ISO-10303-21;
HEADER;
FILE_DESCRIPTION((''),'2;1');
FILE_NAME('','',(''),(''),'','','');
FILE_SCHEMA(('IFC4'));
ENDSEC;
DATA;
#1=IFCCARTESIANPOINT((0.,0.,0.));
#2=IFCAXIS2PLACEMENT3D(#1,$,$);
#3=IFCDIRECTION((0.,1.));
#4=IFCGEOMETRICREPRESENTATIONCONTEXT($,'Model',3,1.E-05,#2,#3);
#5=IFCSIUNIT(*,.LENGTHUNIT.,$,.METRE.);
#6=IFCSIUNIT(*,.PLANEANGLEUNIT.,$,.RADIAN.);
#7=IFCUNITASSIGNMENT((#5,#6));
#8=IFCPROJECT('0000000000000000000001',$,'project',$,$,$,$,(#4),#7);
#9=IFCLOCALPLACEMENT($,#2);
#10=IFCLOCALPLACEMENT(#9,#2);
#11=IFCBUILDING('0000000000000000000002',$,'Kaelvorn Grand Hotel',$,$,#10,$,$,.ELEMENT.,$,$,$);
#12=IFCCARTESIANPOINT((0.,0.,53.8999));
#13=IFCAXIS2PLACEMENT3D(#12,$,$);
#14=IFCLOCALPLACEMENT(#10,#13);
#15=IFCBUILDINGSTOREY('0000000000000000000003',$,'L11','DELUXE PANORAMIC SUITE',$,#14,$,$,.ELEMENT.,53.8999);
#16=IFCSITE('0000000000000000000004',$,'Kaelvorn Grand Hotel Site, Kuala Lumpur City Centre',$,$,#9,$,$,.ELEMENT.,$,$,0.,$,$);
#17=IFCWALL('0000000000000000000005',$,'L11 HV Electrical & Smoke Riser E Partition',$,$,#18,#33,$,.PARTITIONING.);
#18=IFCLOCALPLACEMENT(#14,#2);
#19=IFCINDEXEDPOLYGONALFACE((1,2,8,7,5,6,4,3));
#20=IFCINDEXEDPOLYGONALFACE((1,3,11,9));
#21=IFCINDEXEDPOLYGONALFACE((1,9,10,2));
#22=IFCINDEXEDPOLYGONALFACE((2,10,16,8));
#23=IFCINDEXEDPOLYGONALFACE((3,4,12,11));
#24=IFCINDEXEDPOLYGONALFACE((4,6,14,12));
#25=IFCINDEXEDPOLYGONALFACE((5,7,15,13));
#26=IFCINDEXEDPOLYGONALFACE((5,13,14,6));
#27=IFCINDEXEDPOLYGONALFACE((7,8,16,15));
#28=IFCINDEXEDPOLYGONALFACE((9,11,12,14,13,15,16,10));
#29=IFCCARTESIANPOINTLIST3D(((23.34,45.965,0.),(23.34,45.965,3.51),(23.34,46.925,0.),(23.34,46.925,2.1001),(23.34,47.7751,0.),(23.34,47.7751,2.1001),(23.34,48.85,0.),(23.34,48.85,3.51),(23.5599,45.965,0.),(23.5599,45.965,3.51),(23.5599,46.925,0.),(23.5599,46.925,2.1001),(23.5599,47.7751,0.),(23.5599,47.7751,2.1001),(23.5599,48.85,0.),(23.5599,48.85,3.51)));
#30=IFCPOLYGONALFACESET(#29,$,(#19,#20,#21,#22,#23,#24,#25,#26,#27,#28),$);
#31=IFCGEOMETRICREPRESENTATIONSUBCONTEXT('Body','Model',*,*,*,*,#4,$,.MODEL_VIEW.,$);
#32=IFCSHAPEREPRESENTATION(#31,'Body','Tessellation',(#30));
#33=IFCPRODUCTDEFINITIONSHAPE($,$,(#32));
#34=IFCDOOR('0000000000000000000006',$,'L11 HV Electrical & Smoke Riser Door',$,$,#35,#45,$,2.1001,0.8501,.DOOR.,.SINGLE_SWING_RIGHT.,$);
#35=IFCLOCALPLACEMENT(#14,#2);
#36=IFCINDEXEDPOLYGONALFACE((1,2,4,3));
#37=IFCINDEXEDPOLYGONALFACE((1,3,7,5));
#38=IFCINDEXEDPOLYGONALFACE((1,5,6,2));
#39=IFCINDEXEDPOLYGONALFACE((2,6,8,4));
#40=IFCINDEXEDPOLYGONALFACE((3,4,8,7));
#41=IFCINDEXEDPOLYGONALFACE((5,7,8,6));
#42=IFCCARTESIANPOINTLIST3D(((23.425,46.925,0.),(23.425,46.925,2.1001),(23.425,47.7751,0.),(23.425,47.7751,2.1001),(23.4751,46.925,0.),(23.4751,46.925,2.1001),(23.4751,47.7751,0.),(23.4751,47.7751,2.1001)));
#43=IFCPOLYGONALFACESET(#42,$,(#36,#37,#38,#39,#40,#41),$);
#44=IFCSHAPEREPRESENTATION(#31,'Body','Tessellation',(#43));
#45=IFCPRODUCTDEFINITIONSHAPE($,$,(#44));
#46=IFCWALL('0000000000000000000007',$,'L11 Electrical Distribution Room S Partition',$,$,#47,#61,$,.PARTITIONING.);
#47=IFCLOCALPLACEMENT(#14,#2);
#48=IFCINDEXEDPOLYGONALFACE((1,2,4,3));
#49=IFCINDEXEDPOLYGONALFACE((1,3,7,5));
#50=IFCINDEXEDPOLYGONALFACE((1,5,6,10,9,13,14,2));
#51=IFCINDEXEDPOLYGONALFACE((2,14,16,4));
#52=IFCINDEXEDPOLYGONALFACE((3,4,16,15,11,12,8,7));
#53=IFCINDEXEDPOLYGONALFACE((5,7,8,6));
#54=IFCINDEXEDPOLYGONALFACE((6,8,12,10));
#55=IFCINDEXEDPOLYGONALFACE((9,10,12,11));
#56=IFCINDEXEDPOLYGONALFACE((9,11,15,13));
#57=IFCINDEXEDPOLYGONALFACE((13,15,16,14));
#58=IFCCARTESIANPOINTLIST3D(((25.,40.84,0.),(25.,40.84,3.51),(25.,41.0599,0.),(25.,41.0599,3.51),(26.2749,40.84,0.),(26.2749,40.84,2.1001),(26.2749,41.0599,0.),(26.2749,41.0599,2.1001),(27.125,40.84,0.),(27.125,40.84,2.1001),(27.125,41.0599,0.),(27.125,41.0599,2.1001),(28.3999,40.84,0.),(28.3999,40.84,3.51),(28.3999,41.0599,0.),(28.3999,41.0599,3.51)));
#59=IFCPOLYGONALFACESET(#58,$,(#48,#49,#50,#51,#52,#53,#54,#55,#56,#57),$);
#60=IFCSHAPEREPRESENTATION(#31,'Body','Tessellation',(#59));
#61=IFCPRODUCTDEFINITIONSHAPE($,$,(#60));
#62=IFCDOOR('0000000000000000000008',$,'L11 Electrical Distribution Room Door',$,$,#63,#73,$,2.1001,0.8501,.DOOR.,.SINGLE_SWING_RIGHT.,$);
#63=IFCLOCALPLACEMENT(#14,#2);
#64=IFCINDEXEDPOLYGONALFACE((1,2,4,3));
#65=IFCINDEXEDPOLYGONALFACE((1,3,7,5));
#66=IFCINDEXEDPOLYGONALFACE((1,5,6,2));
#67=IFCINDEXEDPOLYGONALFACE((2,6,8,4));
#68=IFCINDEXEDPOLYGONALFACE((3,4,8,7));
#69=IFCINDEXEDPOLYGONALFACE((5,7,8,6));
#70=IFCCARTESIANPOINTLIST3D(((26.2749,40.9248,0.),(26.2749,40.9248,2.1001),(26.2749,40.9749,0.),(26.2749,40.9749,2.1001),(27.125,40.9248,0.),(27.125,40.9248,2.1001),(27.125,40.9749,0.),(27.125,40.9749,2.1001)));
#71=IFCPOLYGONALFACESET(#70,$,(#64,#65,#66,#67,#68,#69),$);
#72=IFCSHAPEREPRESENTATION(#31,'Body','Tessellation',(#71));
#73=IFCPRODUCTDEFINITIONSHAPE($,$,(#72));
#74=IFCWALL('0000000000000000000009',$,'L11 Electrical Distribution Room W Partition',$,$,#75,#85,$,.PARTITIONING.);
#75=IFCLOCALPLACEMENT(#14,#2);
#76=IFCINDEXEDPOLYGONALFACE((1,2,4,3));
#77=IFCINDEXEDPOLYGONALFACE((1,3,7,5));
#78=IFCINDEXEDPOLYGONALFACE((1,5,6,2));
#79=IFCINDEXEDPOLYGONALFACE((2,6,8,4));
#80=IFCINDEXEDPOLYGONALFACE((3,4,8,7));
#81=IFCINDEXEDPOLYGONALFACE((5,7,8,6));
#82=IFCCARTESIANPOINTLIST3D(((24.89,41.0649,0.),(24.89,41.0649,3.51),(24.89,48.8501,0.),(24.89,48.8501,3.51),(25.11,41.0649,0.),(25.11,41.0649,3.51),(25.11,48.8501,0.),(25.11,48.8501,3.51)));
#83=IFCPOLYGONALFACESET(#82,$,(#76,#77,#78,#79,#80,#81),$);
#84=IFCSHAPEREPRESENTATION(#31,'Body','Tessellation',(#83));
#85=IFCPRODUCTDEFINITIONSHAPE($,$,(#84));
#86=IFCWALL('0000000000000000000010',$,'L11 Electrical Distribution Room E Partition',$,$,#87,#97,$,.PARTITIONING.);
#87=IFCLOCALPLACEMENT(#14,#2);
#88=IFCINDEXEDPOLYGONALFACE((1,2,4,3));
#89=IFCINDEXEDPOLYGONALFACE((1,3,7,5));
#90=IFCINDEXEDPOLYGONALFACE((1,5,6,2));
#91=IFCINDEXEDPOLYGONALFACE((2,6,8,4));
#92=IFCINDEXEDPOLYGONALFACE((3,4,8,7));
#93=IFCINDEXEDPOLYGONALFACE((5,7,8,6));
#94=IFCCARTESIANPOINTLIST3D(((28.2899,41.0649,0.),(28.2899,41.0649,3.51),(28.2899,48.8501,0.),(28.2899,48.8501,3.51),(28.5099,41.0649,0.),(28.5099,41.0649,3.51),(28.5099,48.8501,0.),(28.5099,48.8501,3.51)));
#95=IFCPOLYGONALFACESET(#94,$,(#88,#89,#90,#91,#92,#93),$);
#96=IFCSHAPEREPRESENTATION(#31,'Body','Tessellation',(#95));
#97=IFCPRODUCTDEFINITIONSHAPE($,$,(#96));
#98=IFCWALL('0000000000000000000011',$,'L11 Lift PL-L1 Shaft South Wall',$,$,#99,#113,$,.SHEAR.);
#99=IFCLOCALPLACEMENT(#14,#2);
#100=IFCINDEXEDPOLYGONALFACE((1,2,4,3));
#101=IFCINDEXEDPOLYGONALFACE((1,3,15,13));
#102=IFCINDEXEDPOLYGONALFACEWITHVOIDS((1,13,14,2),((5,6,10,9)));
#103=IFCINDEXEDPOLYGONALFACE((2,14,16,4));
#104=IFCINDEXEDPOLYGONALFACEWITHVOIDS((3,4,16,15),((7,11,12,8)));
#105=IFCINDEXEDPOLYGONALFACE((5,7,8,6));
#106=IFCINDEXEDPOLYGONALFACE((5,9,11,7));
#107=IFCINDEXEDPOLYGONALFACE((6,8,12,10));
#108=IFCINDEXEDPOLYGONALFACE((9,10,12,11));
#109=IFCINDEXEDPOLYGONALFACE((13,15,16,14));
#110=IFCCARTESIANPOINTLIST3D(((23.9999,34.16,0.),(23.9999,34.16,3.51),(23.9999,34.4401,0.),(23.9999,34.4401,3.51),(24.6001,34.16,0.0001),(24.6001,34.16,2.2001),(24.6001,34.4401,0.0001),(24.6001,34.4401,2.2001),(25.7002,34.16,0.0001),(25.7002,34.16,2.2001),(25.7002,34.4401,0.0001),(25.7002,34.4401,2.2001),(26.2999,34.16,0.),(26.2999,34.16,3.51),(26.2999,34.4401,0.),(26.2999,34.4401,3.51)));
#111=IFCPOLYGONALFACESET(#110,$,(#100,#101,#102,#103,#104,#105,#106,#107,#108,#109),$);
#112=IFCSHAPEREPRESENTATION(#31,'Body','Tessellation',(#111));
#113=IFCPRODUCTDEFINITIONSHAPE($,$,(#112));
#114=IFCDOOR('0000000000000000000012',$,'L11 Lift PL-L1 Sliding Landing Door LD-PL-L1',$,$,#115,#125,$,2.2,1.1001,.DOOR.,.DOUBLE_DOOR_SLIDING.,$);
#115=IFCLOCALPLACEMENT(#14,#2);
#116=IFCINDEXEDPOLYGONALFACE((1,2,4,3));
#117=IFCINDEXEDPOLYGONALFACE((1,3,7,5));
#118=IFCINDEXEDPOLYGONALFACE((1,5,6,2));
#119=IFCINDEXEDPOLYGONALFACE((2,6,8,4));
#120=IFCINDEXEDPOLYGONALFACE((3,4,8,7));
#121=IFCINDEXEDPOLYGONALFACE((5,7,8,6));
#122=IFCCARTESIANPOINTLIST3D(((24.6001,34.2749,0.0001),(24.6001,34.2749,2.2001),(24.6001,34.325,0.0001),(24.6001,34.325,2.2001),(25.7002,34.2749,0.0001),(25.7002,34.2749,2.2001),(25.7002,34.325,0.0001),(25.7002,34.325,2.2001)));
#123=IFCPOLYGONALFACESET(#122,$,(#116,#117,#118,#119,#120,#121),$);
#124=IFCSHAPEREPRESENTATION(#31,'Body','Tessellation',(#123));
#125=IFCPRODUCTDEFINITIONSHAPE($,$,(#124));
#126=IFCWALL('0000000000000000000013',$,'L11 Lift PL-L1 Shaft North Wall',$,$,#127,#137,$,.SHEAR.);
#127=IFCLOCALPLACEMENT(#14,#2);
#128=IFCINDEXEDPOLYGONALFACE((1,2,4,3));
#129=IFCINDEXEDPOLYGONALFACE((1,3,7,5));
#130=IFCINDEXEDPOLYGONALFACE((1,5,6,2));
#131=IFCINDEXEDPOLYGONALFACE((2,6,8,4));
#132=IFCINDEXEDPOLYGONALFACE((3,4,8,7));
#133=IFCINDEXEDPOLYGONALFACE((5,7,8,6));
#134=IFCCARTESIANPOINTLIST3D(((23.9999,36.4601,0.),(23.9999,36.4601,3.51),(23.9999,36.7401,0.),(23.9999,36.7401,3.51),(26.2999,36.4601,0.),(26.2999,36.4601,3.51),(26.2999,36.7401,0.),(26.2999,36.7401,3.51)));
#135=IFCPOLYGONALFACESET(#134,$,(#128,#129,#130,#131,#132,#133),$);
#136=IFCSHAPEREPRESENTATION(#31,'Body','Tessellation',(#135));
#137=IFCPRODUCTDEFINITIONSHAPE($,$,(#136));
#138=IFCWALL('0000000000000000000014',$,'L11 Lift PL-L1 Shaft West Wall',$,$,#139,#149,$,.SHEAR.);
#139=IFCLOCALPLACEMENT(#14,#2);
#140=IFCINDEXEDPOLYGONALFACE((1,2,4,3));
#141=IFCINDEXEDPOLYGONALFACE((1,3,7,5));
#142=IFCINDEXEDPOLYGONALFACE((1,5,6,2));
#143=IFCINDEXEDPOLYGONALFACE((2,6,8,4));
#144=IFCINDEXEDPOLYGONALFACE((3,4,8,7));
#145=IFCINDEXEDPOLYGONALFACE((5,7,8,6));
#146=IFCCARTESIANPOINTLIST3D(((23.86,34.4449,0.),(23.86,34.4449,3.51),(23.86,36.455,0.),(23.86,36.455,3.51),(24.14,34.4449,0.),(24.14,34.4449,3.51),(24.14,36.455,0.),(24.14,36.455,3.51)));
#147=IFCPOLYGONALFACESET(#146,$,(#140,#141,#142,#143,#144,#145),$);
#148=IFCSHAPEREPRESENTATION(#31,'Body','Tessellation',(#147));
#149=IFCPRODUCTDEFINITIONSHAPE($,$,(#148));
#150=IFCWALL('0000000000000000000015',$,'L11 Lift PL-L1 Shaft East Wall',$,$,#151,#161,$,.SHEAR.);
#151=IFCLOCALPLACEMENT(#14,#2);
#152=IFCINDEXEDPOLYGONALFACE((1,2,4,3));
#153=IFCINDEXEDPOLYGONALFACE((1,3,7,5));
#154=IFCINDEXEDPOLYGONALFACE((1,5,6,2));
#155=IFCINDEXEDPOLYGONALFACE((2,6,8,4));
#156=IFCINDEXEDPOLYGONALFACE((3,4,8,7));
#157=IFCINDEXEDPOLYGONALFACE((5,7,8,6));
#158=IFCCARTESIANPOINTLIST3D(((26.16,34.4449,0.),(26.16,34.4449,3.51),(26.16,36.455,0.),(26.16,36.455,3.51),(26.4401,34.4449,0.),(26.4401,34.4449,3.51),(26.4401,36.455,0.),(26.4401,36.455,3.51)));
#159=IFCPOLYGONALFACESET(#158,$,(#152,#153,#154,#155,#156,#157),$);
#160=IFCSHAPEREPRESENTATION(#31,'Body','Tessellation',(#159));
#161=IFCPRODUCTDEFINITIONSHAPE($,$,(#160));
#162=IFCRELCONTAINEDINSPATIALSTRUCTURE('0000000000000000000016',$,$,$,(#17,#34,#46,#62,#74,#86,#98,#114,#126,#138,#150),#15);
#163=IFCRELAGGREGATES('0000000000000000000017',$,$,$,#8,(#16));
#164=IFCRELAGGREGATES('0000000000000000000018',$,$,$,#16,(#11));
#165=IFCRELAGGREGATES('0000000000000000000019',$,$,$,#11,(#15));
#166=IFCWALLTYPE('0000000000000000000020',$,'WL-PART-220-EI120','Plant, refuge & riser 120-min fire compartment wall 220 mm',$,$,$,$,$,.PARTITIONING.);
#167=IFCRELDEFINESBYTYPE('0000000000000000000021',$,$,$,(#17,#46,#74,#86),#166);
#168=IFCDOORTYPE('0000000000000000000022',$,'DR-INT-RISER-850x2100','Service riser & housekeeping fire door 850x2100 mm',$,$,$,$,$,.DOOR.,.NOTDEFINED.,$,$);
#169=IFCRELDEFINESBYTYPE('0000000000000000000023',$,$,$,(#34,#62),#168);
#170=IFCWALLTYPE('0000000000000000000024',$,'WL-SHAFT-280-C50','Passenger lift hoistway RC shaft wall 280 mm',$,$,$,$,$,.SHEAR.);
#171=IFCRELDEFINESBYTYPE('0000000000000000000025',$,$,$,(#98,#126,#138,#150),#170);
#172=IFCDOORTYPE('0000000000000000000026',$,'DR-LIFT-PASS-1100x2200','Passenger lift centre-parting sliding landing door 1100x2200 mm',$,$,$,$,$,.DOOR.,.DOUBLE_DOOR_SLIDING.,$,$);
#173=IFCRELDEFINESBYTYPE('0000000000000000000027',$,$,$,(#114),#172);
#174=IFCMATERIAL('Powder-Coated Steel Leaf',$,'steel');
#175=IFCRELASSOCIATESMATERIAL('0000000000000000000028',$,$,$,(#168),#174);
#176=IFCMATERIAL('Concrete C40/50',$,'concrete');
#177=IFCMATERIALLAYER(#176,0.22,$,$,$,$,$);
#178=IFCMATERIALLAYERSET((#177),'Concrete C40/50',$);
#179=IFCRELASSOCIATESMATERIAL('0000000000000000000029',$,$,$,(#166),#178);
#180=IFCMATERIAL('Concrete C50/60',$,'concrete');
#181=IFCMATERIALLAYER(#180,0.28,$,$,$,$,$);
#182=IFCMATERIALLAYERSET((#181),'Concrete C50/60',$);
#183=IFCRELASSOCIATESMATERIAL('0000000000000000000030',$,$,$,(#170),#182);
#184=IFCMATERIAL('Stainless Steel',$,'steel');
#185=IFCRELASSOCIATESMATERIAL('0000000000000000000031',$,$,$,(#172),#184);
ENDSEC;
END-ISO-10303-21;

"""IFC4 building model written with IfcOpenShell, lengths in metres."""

from ifc_helpers import new_model, si_unit, direction, frame, frame_2d, origin, place, context, subcontext, project, spatial, rectangle, extrude, material, layer, layer_set, type_object, element, fill, save


model = new_model("IFC4")

# Units and contexts
model_context = context("Model", 3, precision=1e-05, world=origin(), true_north=direction((0.0, 1.0)))
body_context = subcontext(model_context, "Body", "Model", "MODEL_VIEW")
ifc_project = project(units=[si_unit("LENGTHUNIT", "METRE"), si_unit("PLANEANGLEUNIT", "RADIAN")], contexts=[model_context])

# Site, building, storey
site_placement = place(None, origin())
site = spatial("IfcSite", under=ifc_project, at=site_placement, Name="Kaelvorn Grand Hotel Site, Kuala Lumpur City Centre", CompositionType="ELEMENT", RefElevation=0.0)
building_placement = place(site_placement, origin())
building = spatial("IfcBuilding", under=site, at=building_placement, Name="Kaelvorn Grand Hotel", CompositionType="ELEMENT")
storey_placement = place(building_placement, frame((0.0, 0.0, 53.8999)))
storey = spatial("IfcBuildingStorey", under=building, at=storey_placement, Name="L11", Description="DELUXE PANORAMIC SUITE", CompositionType="ELEMENT", Elevation=53.8999)

# Shared definitions
ifc_material_1 = material(Name="Powder-Coated Steel Leaf", Category="steel")
door_type_1 = type_object("IfcDoorType", Name="DR-INT-RISER-850x2100", Description="Service riser & housekeeping fire door 850x2100 mm", OperationType="NOTDEFINED", PredefinedType="DOOR", material=ifc_material_1)

# Shared definitions
ifc_material_2 = material(Name="Concrete C40/50", Category="concrete")
ifc_layer_1 = layer(ifc_material_2, 0.22)
ifc_layer_set_1 = layer_set([ifc_layer_1], Name="Concrete C40/50")
wall_type_1 = type_object("IfcWallType", Name="WL-PART-220-EI120", Description="Plant, refuge & riser 120-min fire compartment wall 220 mm", PredefinedType="PARTITIONING", material=ifc_layer_set_1)

# Walls, openings, doors
wall_1_placement = place(storey_placement, frame((23.45, 45.9651, 0.0), z_axis=(0.0, 0.0, 1.0), x_axis=(0.0, 1.0, 0.0)))
wall_1 = element("IfcWall", 1, at=wall_1_placement, inside=storey, type_object=wall_type_1, Name="L11 HV Electrical & Smoke Riser E Partition", PredefinedType="PARTITIONING", context=body_context, shape_type="SweptSolid", body=[
    extrude(rectangle(XDim=2.885, YDim=0.22, at=frame_2d((1.4424, 0.0))), origin(), (0.0, 0.0, 1.0), 3.51),
])
opening_1_placement = place(wall_1_placement, frame((0.96, 0.0, 0.0)))
opening_1 = element("IfcOpeningElement", 2, at=opening_1_placement, cuts=wall_1, PredefinedType="OPENING", context=body_context, shape_type="SweptSolid", body=[
    extrude(rectangle(XDim=0.8501, YDim=2.1001, at=frame_2d((0.425, 1.05))), frame((0.0, 0.1201, 0.0), z_axis=(0.0, -1.0, 0.0), x_axis=(1.0, 0.0, 0.0)), (0.0, 0.0, 1.0), 0.24),
])
door_1_placement = place(opening_1_placement, origin())
door_1 = element("IfcDoor", 3, at=door_1_placement, inside=storey, type_object=door_type_1, Name="L11 HV Electrical & Smoke Riser Door", OperationType="SINGLE_SWING_RIGHT", OverallHeight=2.1001, OverallWidth=0.8501, PredefinedType="DOOR", context=body_context, shape_type="SweptSolid", body=[
    extrude(rectangle(XDim=0.8501, YDim=2.1001, at=frame_2d((0.425, 1.05))), frame((0.0, 0.0249, 0.0), z_axis=(0.0, -1.0, 0.0), x_axis=(1.0, 0.0, 0.0)), (0.0, 0.0, 1.0), 0.05),
])
fill(opening_1, door_1)
wall_2_placement = place(storey_placement, frame((25.0, 40.95, 0.0), z_axis=(0.0, 0.0, 1.0), x_axis=(1.0, 0.0, 0.0)))
wall_2 = element("IfcWall", 4, at=wall_2_placement, inside=storey, type_object=wall_type_1, Name="L11 Electrical Distribution Room S Partition", PredefinedType="PARTITIONING", context=body_context, shape_type="SweptSolid", body=[
    extrude(rectangle(XDim=3.3999, YDim=0.22, at=frame_2d((1.7, 0.0))), origin(), (0.0, 0.0, 1.0), 3.51),
])
opening_2_placement = place(wall_2_placement, frame((1.2749, 0.0, 0.0)))
opening_2 = element("IfcOpeningElement", 5, at=opening_2_placement, cuts=wall_2, PredefinedType="OPENING", context=body_context, shape_type="SweptSolid", body=[
    extrude(rectangle(XDim=0.8501, YDim=2.1001, at=frame_2d((0.425, 1.05))), frame((0.0, 0.1201, 0.0), z_axis=(0.0, -1.0, 0.0), x_axis=(1.0, 0.0, 0.0)), (0.0, 0.0, 1.0), 0.24),
])
door_2_placement = place(opening_2_placement, origin())
door_2 = element("IfcDoor", 6, at=door_2_placement, inside=storey, type_object=door_type_1, Name="L11 Electrical Distribution Room Door", OperationType="SINGLE_SWING_RIGHT", OverallHeight=2.1001, OverallWidth=0.8501, PredefinedType="DOOR", context=body_context, shape_type="SweptSolid", body=[
    extrude(rectangle(XDim=0.8501, YDim=2.1001, at=frame_2d((0.425, 1.05))), frame((0.0, 0.0249, 0.0), z_axis=(0.0, -1.0, 0.0), x_axis=(1.0, 0.0, 0.0)), (0.0, 0.0, 1.0), 0.05),
])
fill(opening_2, door_2)

# Walls
for number, where, z_axis, x_axis, name in (
    (7, (25.0, 41.0649, 0.0), (0.0, 0.0, 1.0), (0.0, 1.0, 0.0), "L11 Electrical Distribution Room W Partition"),
    (8, (28.3999, 41.0649, 0.0), (0.0, 0.0, 1.0), (0.0, 1.0, 0.0), "L11 Electrical Distribution Room E Partition"),
):
    element("IfcWall", number, at=place(storey_placement, frame(where, z_axis=z_axis, x_axis=x_axis)), inside=storey, type_object=wall_type_1, Name=name, PredefinedType="PARTITIONING", context=body_context, shape_type="SweptSolid", body=[
        extrude(rectangle(XDim=7.7852, YDim=0.22, at=frame_2d((3.8926, 0.0))), origin(), (0.0, 0.0, 1.0), 3.51),
    ])

# Wall, opening, door
ifc_material_3 = material(Name="Concrete C50/60", Category="concrete")
ifc_layer_2 = layer(ifc_material_3, 0.28)
ifc_layer_set_2 = layer_set([ifc_layer_2], Name="Concrete C50/60")
wall_type_2 = type_object("IfcWallType", Name="WL-SHAFT-280-C50", Description="Passenger lift hoistway RC shaft wall 280 mm", PredefinedType="SHEAR", material=ifc_layer_set_2)
wall_3_placement = place(storey_placement, frame((24.0, 34.3, 0.0), z_axis=(0.0, 0.0, 1.0), x_axis=(1.0, 0.0, 0.0)))
wall_3 = element("IfcWall", 9, at=wall_3_placement, inside=storey, type_object=wall_type_2, Name="L11 Lift PL-L1 Shaft South Wall", PredefinedType="SHEAR", context=body_context, shape_type="SweptSolid", body=[
    extrude(rectangle(XDim=2.3, YDim=0.28, at=frame_2d((1.1499, 0.0))), origin(), (0.0, 0.0, 1.0), 3.51),
])
opening_3_placement = place(wall_3_placement, frame((0.6001, 0.0, 0.0)))
opening_3 = element("IfcOpeningElement", 10, at=opening_3_placement, cuts=wall_3, PredefinedType="OPENING", context=body_context, shape_type="SweptSolid", body=[
    extrude(rectangle(XDim=1.1001, YDim=2.2, at=frame_2d((0.55, 1.1001))), frame((0.0, 0.1499, 0.0), z_axis=(0.0, -1.0, 0.0), x_axis=(1.0, 0.0, 0.0)), (0.0, 0.0, 1.0), 0.3),
])
ifc_material_4 = material(Name="Stainless Steel", Category="steel")
door_type_2 = type_object("IfcDoorType", Name="DR-LIFT-PASS-1100x2200", Description="Passenger lift centre-parting sliding landing door 1100x2200 mm", OperationType="DOUBLE_DOOR_SLIDING", PredefinedType="DOOR", material=ifc_material_4)
door_3_placement = place(opening_3_placement, origin())
door_3 = element("IfcDoor", 11, at=door_3_placement, inside=storey, type_object=door_type_2, Name="L11 Lift PL-L1 Sliding Landing Door LD-PL-L1", OperationType="DOUBLE_DOOR_SLIDING", OverallHeight=2.2, OverallWidth=1.1001, PredefinedType="DOOR", context=body_context, shape_type="SweptSolid", body=[
    extrude(rectangle(XDim=1.1001, YDim=2.2, at=frame_2d((0.55, 1.1001))), frame((0.0, 0.0249, 0.0), z_axis=(0.0, -1.0, 0.0), x_axis=(1.0, 0.0, 0.0)), (0.0, 0.0, 1.0), 0.05),
])
fill(opening_3, door_3)

# Walls
wall_4_placement = place(storey_placement, frame((24.0, 36.6001, 0.0), z_axis=(0.0, 0.0, 1.0), x_axis=(1.0, 0.0, 0.0)))
element("IfcWall", 12, at=wall_4_placement, inside=storey, type_object=wall_type_2, Name="L11 Lift PL-L1 Shaft North Wall", PredefinedType="SHEAR", context=body_context, shape_type="SweptSolid", body=[
    extrude(rectangle(XDim=2.3, YDim=0.28, at=frame_2d((1.1499, 0.0))), origin(), (0.0, 0.0, 1.0), 3.51),
])
for number, where, z_axis, x_axis, name in (
    (13, (24.0, 34.4451, 0.0), (0.0, 0.0, 1.0), (0.0, 1.0, 0.0), "L11 Lift PL-L1 Shaft West Wall"),
    (14, (26.3, 34.4451, 0.0), (0.0, 0.0, 1.0), (0.0, 1.0, 0.0), "L11 Lift PL-L1 Shaft East Wall"),
):
    element("IfcWall", number, at=place(storey_placement, frame(where, z_axis=z_axis, x_axis=x_axis)), inside=storey, type_object=wall_type_2, Name=name, PredefinedType="SHEAR", context=body_context, shape_type="SweptSolid", body=[
        extrude(rectangle(XDim=2.01, YDim=0.28, at=frame_2d((1.0049, 0.0))), origin(), (0.0, 0.0, 1.0), 3.51),
    ])

save(model, "model.ifc")
